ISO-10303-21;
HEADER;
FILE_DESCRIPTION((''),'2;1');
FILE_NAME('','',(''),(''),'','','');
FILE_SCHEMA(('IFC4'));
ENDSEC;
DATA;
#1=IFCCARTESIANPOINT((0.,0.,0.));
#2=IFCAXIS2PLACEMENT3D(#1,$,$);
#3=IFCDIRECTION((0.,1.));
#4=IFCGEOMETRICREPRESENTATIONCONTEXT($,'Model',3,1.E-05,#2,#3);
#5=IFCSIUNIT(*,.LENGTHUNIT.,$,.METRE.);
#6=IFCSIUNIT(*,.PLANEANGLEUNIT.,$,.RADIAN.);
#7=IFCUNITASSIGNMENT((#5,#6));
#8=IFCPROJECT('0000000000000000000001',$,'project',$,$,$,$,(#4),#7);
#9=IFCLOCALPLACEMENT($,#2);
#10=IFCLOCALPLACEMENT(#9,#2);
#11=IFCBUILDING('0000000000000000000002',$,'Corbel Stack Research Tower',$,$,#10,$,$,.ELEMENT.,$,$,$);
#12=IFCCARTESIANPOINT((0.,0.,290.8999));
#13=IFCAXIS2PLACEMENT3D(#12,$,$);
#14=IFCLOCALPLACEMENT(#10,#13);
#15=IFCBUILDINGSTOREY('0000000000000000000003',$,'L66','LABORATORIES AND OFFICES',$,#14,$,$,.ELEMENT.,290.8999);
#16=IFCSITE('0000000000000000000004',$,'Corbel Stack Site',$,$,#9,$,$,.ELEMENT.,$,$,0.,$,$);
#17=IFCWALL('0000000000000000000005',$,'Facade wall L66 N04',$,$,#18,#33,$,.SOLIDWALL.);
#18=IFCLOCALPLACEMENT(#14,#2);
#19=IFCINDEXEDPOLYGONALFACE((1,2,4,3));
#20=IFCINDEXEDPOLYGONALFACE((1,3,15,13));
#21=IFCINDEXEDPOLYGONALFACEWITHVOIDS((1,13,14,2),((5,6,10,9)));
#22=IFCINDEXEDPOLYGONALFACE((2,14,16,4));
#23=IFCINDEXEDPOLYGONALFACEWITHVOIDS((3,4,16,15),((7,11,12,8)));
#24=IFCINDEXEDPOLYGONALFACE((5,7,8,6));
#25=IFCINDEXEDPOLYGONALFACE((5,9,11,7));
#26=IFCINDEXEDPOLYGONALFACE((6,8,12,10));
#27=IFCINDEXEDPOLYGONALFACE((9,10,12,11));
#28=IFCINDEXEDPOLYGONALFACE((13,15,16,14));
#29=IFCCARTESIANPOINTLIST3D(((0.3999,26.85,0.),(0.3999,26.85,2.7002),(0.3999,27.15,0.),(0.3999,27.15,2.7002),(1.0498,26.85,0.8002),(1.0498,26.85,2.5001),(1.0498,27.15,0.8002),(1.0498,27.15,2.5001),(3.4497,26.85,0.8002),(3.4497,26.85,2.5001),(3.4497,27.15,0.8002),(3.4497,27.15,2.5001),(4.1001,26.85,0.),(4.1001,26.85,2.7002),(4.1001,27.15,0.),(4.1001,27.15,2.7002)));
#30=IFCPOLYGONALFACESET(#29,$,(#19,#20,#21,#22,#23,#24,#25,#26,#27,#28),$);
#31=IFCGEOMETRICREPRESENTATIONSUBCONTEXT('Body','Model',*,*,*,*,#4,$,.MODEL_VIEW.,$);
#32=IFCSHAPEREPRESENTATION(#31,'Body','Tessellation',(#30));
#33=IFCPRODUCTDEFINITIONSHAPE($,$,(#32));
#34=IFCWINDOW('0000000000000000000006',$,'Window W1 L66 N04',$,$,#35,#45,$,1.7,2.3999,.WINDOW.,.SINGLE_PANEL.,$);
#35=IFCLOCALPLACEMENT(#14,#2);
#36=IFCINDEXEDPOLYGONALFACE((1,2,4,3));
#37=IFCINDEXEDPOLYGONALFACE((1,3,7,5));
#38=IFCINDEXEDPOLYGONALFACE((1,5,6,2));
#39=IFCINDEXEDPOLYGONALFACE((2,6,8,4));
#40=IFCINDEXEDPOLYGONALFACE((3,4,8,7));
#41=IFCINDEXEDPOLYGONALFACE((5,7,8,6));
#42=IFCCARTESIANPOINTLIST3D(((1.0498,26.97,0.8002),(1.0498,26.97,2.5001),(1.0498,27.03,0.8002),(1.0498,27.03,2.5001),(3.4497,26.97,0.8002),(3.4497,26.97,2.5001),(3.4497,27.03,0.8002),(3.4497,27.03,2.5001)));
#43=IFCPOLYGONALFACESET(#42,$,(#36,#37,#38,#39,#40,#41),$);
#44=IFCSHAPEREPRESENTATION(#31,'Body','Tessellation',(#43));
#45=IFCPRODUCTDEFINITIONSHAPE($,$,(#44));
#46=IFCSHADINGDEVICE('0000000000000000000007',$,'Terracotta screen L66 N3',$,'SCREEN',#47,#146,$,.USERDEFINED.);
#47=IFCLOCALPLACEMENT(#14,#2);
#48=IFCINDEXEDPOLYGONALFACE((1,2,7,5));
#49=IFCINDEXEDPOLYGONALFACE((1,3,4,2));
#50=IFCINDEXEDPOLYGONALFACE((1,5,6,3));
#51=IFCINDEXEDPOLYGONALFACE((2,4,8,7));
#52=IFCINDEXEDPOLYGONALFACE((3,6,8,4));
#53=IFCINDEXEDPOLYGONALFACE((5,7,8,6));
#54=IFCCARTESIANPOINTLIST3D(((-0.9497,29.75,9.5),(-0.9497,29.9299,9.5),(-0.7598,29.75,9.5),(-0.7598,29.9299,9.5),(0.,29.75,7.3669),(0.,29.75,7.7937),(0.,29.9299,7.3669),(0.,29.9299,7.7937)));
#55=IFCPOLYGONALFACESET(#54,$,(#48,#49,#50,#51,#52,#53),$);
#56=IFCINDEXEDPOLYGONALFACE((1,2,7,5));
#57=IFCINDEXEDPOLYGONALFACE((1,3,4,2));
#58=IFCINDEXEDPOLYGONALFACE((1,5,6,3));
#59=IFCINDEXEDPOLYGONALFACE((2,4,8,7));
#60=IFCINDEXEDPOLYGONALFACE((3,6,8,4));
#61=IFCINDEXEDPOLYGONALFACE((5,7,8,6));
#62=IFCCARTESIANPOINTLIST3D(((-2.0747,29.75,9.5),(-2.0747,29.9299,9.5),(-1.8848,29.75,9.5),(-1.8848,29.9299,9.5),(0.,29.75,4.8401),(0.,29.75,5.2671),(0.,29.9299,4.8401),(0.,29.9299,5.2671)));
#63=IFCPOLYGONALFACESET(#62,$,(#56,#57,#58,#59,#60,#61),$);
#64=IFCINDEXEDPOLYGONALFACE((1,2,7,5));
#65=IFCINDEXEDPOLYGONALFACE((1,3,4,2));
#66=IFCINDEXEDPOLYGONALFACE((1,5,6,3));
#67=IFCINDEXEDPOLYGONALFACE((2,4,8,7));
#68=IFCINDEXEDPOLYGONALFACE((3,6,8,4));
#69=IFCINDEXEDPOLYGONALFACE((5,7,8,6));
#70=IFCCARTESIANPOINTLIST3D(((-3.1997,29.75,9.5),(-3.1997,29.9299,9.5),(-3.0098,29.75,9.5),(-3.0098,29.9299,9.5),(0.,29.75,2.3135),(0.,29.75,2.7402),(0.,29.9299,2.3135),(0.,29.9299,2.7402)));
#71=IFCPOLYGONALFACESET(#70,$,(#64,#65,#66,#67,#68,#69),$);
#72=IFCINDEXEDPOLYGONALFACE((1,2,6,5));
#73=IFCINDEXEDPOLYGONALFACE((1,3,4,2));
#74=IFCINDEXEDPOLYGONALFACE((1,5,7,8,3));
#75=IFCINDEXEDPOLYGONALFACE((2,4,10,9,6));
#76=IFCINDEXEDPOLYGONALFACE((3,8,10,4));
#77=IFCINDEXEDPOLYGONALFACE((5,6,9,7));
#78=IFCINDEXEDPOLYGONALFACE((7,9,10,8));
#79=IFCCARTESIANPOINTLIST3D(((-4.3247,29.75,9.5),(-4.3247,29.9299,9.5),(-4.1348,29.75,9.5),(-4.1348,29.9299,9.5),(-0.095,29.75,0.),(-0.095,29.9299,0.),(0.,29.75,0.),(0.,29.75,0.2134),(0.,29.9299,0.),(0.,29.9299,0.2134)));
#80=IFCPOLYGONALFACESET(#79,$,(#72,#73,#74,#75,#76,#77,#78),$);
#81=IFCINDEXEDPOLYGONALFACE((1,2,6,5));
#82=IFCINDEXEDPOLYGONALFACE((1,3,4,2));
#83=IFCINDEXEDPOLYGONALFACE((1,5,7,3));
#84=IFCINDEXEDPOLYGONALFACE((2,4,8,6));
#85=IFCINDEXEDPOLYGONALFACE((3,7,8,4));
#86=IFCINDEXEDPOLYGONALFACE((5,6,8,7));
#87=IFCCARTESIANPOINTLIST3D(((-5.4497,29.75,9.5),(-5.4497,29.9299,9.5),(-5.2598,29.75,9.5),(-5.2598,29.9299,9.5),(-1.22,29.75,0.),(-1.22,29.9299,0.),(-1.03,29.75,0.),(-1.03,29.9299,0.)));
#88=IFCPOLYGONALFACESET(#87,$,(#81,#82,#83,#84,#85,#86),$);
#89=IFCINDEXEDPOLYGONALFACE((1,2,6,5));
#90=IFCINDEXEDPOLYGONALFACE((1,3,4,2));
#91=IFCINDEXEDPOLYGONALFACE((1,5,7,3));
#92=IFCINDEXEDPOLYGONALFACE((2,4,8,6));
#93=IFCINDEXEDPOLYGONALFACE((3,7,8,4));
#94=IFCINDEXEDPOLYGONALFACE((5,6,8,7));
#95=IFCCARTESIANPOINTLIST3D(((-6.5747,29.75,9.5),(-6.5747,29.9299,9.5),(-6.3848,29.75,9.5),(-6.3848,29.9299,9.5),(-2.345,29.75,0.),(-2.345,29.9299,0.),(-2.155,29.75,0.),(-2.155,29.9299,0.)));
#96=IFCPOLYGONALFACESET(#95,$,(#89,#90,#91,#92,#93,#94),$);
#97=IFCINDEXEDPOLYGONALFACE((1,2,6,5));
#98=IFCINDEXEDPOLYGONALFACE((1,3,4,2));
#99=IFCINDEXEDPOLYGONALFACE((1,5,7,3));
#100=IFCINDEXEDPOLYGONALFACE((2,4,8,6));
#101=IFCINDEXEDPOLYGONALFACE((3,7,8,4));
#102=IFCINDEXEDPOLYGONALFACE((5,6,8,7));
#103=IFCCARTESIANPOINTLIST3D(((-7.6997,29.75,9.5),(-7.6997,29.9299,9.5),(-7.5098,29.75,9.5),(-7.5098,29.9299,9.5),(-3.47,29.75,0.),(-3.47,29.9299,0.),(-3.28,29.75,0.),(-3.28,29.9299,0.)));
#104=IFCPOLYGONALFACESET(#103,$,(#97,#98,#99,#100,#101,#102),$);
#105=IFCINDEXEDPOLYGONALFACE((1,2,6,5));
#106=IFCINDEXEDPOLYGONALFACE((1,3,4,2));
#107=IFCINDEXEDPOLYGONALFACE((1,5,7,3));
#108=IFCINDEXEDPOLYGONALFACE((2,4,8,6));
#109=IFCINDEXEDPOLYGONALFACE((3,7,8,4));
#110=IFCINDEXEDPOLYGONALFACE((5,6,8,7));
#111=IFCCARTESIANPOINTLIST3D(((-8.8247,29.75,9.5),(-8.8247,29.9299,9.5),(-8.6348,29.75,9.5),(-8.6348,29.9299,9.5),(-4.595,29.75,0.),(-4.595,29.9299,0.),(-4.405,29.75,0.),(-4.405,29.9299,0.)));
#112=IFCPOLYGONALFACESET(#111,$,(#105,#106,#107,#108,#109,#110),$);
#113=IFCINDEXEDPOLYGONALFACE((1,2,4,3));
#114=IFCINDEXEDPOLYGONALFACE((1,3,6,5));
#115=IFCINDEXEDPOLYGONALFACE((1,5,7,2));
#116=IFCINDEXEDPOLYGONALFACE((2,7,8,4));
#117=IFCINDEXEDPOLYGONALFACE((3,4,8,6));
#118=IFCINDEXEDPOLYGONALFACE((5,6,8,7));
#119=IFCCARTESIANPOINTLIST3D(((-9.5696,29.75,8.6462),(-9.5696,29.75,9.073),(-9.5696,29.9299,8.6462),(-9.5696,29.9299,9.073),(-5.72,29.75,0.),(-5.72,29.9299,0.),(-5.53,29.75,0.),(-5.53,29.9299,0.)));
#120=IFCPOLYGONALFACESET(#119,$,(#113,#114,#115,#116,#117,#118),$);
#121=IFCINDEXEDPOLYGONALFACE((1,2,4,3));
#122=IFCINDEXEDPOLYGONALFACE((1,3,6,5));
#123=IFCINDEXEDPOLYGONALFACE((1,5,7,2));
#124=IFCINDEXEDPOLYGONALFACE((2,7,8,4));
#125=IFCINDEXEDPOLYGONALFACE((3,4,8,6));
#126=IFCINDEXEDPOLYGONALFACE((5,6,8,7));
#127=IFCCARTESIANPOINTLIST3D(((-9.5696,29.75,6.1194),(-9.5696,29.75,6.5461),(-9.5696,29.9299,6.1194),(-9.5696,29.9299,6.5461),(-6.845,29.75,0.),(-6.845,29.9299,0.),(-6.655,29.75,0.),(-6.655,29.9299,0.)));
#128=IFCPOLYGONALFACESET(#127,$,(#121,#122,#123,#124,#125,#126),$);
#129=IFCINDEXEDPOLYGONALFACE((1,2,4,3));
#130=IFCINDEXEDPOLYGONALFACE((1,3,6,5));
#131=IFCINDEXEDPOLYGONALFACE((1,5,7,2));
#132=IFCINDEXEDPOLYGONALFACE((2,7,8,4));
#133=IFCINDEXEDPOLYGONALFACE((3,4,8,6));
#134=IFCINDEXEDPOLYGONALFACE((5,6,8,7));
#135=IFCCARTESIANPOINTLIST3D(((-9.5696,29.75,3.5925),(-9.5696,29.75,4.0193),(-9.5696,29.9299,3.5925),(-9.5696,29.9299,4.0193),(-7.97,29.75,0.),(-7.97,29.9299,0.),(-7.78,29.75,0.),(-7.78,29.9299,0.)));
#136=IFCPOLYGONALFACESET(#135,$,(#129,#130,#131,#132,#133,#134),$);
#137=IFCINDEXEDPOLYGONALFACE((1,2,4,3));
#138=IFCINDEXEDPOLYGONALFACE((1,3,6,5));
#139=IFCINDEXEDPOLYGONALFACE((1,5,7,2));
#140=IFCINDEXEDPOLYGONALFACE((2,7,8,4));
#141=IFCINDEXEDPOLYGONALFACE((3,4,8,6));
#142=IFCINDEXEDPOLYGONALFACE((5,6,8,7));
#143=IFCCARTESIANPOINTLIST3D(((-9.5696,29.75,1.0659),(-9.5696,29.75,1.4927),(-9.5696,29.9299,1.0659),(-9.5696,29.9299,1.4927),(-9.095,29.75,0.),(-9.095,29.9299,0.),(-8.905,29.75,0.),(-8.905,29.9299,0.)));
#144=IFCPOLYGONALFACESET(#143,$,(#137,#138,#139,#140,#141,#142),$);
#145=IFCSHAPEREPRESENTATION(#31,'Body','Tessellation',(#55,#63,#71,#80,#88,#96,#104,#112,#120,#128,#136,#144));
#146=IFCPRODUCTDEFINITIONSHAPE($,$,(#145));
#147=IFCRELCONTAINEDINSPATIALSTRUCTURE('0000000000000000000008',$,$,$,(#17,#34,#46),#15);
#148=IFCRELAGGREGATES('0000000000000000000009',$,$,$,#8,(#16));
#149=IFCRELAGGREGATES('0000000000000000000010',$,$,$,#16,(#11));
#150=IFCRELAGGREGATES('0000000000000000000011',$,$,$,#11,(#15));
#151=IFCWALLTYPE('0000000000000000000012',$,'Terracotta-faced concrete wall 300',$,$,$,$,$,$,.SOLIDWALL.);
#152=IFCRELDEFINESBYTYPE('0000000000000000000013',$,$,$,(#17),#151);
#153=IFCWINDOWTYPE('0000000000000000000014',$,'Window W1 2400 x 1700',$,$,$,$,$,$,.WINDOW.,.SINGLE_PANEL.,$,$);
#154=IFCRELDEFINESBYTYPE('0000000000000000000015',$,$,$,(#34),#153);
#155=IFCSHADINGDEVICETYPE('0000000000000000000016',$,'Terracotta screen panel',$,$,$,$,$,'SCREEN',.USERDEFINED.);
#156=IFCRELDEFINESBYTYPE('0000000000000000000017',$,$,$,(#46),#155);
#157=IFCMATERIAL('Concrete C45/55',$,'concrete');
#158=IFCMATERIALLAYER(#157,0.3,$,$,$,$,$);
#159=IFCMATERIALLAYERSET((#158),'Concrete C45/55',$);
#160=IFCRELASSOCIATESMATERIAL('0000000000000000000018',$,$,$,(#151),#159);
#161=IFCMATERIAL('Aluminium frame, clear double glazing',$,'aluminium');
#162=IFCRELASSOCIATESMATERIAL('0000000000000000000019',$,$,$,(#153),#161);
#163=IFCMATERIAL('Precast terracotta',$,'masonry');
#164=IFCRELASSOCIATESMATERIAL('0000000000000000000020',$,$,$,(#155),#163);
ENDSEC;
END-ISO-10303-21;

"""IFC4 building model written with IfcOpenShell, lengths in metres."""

from ifc_helpers import new_model, si_unit, direction, frame, frame_2d, origin, place, context, subcontext, project, spatial, polyline, rectangle, outline, extrude, source, transform, mapped, material, layer, layer_set, type_object, element, fill, save


model = new_model("IFC4")

# Units and contexts
model_context = context("Model", 3, precision=1e-05, world=origin(), true_north=direction((0.0, 1.0)))
body_context = subcontext(model_context, "Body", "Model", "MODEL_VIEW")
ifc_project = project(units=[si_unit("LENGTHUNIT", "METRE"), si_unit("PLANEANGLEUNIT", "RADIAN")], contexts=[model_context])

# Site, building, storey
site_placement = place(None, origin())
site = spatial("IfcSite", under=ifc_project, at=site_placement, Name="Corbel Stack Site", CompositionType="ELEMENT", RefElevation=0.0)
building_placement = place(site_placement, origin())
building = spatial("IfcBuilding", under=site, at=building_placement, Name="Corbel Stack Research Tower", CompositionType="ELEMENT")
storey_placement = place(building_placement, frame((0.0, 0.0, 290.8999)))
storey = spatial("IfcBuildingStorey", under=building, at=storey_placement, Name="L66", Description="LABORATORIES AND OFFICES", CompositionType="ELEMENT", Elevation=290.8999)

# Shared definitions
ifc_material_1 = material(Name="Concrete C45/55", Category="concrete")
ifc_layer_1 = layer(ifc_material_1, 0.3)
ifc_layer_set_1 = layer_set([ifc_layer_1], Name="Concrete C45/55")
wall_type_1 = type_object("IfcWallType", Name="Terracotta-faced concrete wall 300", PredefinedType="SOLIDWALL", material=ifc_layer_set_1)

# Wall, opening, window
ifc_material_2 = material(Name="Aluminium frame, clear double glazing", Category="aluminium")
window_type = type_object("IfcWindowType", Name="Window W1 2400 x 1700", PartitioningType="SINGLE_PANEL", PredefinedType="WINDOW", material=ifc_material_2)
wall_1_placement = place(storey_placement, frame((0.3999, 27.0, 0.0), z_axis=(0.0, 0.0, 1.0), x_axis=(1.0, 0.0, 0.0)))
wall_1 = element("IfcWall", 1, at=wall_1_placement, inside=storey, type_object=wall_type_1, Name="Facade wall L66 N04", PredefinedType="SOLIDWALL", context=body_context, shape_type="SweptSolid", body=[
    extrude(rectangle(XDim=3.7002, YDim=0.3, at=frame_2d((1.8501, 0.0))), origin(), (0.0, 0.0, 1.0), 2.7002),
])
opening_1_placement = place(wall_1_placement, frame((0.6499, 0.0, 0.8)))
opening_1 = element("IfcOpeningElement", 2, at=opening_1_placement, cuts=wall_1, PredefinedType="OPENING", context=body_context, shape_type="SweptSolid", body=[
    extrude(rectangle(XDim=2.3999, YDim=1.7, at=frame_2d((1.2, 0.8501))), frame((0.0, 0.1599, 0.0), z_axis=(0.0, -1.0, 0.0), x_axis=(1.0, 0.0, 0.0)), (0.0, 0.0, 1.0), 0.3201),
])
window_1_placement = place(opening_1_placement, origin())
window_1 = element("IfcWindow", 3, at=window_1_placement, inside=storey, type_object=window_type, Name="Window W1 L66 N04", OverallHeight=1.7, OverallWidth=2.3999, PartitioningType="SINGLE_PANEL", PredefinedType="WINDOW", context=body_context, shape_type="SweptSolid", body=[
    extrude(rectangle(XDim=2.3999, YDim=1.7, at=frame_2d((1.2, 0.8501))), frame((0.0, 0.03, 0.0), z_axis=(0.0, -1.0, 0.0), x_axis=(1.0, 0.0, 0.0)), (0.0, 0.0, 1.0), 0.0601),
])
fill(opening_1, window_1)

# Shading device
ifc_material_3 = material(Name="Precast terracotta", Category="masonry")
shading_device_type = type_object("IfcShadingDeviceType", Name="Terracotta screen panel", ElementType="SCREEN", PredefinedType="USERDEFINED", material=ifc_material_3)
shared_shape_1 = source(origin(), body_context, "Body", "SweptSolid", [
    extrude(outline(polyline([(0.9497, 9.5), (0.7598, 9.5), (0.0, 7.7937), (0.0, 7.3669), (0.9497, 9.5)])), frame((0.0, 0.0, 0.0), z_axis=(0.0, -1.0, 0.0), x_axis=(1.0, 0.0, 0.0)), (0.0, 0.0, 1.0), 0.1799),
    extrude(outline(polyline([(2.0747, 9.5), (1.8848, 9.5), (0.0, 5.2671), (0.0, 4.8401), (2.0747, 9.5)])), frame((0.0, 0.0, 0.0), z_axis=(0.0, -1.0, 0.0), x_axis=(1.0, 0.0, 0.0)), (0.0, 0.0, 1.0), 0.1799),
    extrude(outline(polyline([(3.1997, 9.5), (3.0098, 9.5), (0.0, 2.7402), (0.0, 2.3135), (3.1997, 9.5)])), frame((0.0, 0.0, 0.0), z_axis=(0.0, -1.0, 0.0), x_axis=(1.0, 0.0, 0.0)), (0.0, 0.0, 1.0), 0.1799),
    extrude(outline(polyline([(0.095, 0.0), (4.3247, 9.5), (4.1348, 9.5), (0.0, 0.2134), (0.0, 0.0), (0.095, 0.0)])), frame((0.0, 0.0, 0.0), z_axis=(0.0, -1.0, 0.0), x_axis=(1.0, 0.0, 0.0)), (0.0, 0.0, 1.0), 0.1799),
    extrude(outline(polyline([(1.22, 0.0), (5.4497, 9.5), (5.2598, 9.5), (1.03, 0.0), (1.22, 0.0)])), frame((0.0, 0.0, 0.0), z_axis=(0.0, -1.0, 0.0), x_axis=(1.0, 0.0, 0.0)), (0.0, 0.0, 1.0), 0.1799),
    extrude(outline(polyline([(2.345, 0.0), (6.5747, 9.5), (6.3848, 9.5), (2.155, 0.0), (2.345, 0.0)])), frame((0.0, 0.0, 0.0), z_axis=(0.0, -1.0, 0.0), x_axis=(1.0, 0.0, 0.0)), (0.0, 0.0, 1.0), 0.1799),
    extrude(outline(polyline([(3.47, 0.0), (7.6997, 9.5), (7.5098, 9.5), (3.28, 0.0), (3.47, 0.0)])), frame((0.0, 0.0, 0.0), z_axis=(0.0, -1.0, 0.0), x_axis=(1.0, 0.0, 0.0)), (0.0, 0.0, 1.0), 0.1799),
    extrude(outline(polyline([(4.595, 0.0), (8.8247, 9.5), (8.6348, 9.5), (4.405, 0.0), (4.595, 0.0)])), frame((0.0, 0.0, 0.0), z_axis=(0.0, -1.0, 0.0), x_axis=(1.0, 0.0, 0.0)), (0.0, 0.0, 1.0), 0.1799),
    extrude(outline(polyline([(5.72, 0.0), (9.5696, 8.6462), (9.5696, 9.073), (5.53, 0.0), (5.72, 0.0)])), frame((0.0, 0.0, 0.0), z_axis=(0.0, -1.0, 0.0), x_axis=(1.0, 0.0, 0.0)), (0.0, 0.0, 1.0), 0.1799),
    extrude(outline(polyline([(6.845, 0.0), (9.5696, 6.1194), (9.5696, 6.5461), (6.655, 0.0), (6.845, 0.0)])), frame((0.0, 0.0, 0.0), z_axis=(0.0, -1.0, 0.0), x_axis=(1.0, 0.0, 0.0)), (0.0, 0.0, 1.0), 0.1799),
    extrude(outline(polyline([(7.97, 0.0), (9.5696, 3.5925), (9.5696, 4.0193), (7.78, 0.0), (7.97, 0.0)])), frame((0.0, 0.0, 0.0), z_axis=(0.0, -1.0, 0.0), x_axis=(1.0, 0.0, 0.0)), (0.0, 0.0, 1.0), 0.1799),
    extrude(outline(polyline([(9.095, 0.0), (9.5696, 1.0659), (9.5696, 1.4927), (8.905, 0.0), (9.095, 0.0)])), frame((0.0, 0.0, 0.0), z_axis=(0.0, -1.0, 0.0), x_axis=(1.0, 0.0, 0.0)), (0.0, 0.0, 1.0), 0.1799),
])
shading_device_1_placement = place(storey_placement, frame((0.0, 29.75, 0.0), z_axis=(0.0, 0.0, 1.0), x_axis=(-1.0, 0.0, 0.0)))
element("IfcShadingDevice", 4, at=shading_device_1_placement, inside=storey, type_object=shading_device_type, Name="Terracotta screen L66 N3", ObjectType="SCREEN", PredefinedType="USERDEFINED", context=body_context, shape_type="MappedRepresentation", body=[
    mapped(shared_shape_1, transform((0.0, 0.0, 0.0))),
])

save(model, "model.ifc")
